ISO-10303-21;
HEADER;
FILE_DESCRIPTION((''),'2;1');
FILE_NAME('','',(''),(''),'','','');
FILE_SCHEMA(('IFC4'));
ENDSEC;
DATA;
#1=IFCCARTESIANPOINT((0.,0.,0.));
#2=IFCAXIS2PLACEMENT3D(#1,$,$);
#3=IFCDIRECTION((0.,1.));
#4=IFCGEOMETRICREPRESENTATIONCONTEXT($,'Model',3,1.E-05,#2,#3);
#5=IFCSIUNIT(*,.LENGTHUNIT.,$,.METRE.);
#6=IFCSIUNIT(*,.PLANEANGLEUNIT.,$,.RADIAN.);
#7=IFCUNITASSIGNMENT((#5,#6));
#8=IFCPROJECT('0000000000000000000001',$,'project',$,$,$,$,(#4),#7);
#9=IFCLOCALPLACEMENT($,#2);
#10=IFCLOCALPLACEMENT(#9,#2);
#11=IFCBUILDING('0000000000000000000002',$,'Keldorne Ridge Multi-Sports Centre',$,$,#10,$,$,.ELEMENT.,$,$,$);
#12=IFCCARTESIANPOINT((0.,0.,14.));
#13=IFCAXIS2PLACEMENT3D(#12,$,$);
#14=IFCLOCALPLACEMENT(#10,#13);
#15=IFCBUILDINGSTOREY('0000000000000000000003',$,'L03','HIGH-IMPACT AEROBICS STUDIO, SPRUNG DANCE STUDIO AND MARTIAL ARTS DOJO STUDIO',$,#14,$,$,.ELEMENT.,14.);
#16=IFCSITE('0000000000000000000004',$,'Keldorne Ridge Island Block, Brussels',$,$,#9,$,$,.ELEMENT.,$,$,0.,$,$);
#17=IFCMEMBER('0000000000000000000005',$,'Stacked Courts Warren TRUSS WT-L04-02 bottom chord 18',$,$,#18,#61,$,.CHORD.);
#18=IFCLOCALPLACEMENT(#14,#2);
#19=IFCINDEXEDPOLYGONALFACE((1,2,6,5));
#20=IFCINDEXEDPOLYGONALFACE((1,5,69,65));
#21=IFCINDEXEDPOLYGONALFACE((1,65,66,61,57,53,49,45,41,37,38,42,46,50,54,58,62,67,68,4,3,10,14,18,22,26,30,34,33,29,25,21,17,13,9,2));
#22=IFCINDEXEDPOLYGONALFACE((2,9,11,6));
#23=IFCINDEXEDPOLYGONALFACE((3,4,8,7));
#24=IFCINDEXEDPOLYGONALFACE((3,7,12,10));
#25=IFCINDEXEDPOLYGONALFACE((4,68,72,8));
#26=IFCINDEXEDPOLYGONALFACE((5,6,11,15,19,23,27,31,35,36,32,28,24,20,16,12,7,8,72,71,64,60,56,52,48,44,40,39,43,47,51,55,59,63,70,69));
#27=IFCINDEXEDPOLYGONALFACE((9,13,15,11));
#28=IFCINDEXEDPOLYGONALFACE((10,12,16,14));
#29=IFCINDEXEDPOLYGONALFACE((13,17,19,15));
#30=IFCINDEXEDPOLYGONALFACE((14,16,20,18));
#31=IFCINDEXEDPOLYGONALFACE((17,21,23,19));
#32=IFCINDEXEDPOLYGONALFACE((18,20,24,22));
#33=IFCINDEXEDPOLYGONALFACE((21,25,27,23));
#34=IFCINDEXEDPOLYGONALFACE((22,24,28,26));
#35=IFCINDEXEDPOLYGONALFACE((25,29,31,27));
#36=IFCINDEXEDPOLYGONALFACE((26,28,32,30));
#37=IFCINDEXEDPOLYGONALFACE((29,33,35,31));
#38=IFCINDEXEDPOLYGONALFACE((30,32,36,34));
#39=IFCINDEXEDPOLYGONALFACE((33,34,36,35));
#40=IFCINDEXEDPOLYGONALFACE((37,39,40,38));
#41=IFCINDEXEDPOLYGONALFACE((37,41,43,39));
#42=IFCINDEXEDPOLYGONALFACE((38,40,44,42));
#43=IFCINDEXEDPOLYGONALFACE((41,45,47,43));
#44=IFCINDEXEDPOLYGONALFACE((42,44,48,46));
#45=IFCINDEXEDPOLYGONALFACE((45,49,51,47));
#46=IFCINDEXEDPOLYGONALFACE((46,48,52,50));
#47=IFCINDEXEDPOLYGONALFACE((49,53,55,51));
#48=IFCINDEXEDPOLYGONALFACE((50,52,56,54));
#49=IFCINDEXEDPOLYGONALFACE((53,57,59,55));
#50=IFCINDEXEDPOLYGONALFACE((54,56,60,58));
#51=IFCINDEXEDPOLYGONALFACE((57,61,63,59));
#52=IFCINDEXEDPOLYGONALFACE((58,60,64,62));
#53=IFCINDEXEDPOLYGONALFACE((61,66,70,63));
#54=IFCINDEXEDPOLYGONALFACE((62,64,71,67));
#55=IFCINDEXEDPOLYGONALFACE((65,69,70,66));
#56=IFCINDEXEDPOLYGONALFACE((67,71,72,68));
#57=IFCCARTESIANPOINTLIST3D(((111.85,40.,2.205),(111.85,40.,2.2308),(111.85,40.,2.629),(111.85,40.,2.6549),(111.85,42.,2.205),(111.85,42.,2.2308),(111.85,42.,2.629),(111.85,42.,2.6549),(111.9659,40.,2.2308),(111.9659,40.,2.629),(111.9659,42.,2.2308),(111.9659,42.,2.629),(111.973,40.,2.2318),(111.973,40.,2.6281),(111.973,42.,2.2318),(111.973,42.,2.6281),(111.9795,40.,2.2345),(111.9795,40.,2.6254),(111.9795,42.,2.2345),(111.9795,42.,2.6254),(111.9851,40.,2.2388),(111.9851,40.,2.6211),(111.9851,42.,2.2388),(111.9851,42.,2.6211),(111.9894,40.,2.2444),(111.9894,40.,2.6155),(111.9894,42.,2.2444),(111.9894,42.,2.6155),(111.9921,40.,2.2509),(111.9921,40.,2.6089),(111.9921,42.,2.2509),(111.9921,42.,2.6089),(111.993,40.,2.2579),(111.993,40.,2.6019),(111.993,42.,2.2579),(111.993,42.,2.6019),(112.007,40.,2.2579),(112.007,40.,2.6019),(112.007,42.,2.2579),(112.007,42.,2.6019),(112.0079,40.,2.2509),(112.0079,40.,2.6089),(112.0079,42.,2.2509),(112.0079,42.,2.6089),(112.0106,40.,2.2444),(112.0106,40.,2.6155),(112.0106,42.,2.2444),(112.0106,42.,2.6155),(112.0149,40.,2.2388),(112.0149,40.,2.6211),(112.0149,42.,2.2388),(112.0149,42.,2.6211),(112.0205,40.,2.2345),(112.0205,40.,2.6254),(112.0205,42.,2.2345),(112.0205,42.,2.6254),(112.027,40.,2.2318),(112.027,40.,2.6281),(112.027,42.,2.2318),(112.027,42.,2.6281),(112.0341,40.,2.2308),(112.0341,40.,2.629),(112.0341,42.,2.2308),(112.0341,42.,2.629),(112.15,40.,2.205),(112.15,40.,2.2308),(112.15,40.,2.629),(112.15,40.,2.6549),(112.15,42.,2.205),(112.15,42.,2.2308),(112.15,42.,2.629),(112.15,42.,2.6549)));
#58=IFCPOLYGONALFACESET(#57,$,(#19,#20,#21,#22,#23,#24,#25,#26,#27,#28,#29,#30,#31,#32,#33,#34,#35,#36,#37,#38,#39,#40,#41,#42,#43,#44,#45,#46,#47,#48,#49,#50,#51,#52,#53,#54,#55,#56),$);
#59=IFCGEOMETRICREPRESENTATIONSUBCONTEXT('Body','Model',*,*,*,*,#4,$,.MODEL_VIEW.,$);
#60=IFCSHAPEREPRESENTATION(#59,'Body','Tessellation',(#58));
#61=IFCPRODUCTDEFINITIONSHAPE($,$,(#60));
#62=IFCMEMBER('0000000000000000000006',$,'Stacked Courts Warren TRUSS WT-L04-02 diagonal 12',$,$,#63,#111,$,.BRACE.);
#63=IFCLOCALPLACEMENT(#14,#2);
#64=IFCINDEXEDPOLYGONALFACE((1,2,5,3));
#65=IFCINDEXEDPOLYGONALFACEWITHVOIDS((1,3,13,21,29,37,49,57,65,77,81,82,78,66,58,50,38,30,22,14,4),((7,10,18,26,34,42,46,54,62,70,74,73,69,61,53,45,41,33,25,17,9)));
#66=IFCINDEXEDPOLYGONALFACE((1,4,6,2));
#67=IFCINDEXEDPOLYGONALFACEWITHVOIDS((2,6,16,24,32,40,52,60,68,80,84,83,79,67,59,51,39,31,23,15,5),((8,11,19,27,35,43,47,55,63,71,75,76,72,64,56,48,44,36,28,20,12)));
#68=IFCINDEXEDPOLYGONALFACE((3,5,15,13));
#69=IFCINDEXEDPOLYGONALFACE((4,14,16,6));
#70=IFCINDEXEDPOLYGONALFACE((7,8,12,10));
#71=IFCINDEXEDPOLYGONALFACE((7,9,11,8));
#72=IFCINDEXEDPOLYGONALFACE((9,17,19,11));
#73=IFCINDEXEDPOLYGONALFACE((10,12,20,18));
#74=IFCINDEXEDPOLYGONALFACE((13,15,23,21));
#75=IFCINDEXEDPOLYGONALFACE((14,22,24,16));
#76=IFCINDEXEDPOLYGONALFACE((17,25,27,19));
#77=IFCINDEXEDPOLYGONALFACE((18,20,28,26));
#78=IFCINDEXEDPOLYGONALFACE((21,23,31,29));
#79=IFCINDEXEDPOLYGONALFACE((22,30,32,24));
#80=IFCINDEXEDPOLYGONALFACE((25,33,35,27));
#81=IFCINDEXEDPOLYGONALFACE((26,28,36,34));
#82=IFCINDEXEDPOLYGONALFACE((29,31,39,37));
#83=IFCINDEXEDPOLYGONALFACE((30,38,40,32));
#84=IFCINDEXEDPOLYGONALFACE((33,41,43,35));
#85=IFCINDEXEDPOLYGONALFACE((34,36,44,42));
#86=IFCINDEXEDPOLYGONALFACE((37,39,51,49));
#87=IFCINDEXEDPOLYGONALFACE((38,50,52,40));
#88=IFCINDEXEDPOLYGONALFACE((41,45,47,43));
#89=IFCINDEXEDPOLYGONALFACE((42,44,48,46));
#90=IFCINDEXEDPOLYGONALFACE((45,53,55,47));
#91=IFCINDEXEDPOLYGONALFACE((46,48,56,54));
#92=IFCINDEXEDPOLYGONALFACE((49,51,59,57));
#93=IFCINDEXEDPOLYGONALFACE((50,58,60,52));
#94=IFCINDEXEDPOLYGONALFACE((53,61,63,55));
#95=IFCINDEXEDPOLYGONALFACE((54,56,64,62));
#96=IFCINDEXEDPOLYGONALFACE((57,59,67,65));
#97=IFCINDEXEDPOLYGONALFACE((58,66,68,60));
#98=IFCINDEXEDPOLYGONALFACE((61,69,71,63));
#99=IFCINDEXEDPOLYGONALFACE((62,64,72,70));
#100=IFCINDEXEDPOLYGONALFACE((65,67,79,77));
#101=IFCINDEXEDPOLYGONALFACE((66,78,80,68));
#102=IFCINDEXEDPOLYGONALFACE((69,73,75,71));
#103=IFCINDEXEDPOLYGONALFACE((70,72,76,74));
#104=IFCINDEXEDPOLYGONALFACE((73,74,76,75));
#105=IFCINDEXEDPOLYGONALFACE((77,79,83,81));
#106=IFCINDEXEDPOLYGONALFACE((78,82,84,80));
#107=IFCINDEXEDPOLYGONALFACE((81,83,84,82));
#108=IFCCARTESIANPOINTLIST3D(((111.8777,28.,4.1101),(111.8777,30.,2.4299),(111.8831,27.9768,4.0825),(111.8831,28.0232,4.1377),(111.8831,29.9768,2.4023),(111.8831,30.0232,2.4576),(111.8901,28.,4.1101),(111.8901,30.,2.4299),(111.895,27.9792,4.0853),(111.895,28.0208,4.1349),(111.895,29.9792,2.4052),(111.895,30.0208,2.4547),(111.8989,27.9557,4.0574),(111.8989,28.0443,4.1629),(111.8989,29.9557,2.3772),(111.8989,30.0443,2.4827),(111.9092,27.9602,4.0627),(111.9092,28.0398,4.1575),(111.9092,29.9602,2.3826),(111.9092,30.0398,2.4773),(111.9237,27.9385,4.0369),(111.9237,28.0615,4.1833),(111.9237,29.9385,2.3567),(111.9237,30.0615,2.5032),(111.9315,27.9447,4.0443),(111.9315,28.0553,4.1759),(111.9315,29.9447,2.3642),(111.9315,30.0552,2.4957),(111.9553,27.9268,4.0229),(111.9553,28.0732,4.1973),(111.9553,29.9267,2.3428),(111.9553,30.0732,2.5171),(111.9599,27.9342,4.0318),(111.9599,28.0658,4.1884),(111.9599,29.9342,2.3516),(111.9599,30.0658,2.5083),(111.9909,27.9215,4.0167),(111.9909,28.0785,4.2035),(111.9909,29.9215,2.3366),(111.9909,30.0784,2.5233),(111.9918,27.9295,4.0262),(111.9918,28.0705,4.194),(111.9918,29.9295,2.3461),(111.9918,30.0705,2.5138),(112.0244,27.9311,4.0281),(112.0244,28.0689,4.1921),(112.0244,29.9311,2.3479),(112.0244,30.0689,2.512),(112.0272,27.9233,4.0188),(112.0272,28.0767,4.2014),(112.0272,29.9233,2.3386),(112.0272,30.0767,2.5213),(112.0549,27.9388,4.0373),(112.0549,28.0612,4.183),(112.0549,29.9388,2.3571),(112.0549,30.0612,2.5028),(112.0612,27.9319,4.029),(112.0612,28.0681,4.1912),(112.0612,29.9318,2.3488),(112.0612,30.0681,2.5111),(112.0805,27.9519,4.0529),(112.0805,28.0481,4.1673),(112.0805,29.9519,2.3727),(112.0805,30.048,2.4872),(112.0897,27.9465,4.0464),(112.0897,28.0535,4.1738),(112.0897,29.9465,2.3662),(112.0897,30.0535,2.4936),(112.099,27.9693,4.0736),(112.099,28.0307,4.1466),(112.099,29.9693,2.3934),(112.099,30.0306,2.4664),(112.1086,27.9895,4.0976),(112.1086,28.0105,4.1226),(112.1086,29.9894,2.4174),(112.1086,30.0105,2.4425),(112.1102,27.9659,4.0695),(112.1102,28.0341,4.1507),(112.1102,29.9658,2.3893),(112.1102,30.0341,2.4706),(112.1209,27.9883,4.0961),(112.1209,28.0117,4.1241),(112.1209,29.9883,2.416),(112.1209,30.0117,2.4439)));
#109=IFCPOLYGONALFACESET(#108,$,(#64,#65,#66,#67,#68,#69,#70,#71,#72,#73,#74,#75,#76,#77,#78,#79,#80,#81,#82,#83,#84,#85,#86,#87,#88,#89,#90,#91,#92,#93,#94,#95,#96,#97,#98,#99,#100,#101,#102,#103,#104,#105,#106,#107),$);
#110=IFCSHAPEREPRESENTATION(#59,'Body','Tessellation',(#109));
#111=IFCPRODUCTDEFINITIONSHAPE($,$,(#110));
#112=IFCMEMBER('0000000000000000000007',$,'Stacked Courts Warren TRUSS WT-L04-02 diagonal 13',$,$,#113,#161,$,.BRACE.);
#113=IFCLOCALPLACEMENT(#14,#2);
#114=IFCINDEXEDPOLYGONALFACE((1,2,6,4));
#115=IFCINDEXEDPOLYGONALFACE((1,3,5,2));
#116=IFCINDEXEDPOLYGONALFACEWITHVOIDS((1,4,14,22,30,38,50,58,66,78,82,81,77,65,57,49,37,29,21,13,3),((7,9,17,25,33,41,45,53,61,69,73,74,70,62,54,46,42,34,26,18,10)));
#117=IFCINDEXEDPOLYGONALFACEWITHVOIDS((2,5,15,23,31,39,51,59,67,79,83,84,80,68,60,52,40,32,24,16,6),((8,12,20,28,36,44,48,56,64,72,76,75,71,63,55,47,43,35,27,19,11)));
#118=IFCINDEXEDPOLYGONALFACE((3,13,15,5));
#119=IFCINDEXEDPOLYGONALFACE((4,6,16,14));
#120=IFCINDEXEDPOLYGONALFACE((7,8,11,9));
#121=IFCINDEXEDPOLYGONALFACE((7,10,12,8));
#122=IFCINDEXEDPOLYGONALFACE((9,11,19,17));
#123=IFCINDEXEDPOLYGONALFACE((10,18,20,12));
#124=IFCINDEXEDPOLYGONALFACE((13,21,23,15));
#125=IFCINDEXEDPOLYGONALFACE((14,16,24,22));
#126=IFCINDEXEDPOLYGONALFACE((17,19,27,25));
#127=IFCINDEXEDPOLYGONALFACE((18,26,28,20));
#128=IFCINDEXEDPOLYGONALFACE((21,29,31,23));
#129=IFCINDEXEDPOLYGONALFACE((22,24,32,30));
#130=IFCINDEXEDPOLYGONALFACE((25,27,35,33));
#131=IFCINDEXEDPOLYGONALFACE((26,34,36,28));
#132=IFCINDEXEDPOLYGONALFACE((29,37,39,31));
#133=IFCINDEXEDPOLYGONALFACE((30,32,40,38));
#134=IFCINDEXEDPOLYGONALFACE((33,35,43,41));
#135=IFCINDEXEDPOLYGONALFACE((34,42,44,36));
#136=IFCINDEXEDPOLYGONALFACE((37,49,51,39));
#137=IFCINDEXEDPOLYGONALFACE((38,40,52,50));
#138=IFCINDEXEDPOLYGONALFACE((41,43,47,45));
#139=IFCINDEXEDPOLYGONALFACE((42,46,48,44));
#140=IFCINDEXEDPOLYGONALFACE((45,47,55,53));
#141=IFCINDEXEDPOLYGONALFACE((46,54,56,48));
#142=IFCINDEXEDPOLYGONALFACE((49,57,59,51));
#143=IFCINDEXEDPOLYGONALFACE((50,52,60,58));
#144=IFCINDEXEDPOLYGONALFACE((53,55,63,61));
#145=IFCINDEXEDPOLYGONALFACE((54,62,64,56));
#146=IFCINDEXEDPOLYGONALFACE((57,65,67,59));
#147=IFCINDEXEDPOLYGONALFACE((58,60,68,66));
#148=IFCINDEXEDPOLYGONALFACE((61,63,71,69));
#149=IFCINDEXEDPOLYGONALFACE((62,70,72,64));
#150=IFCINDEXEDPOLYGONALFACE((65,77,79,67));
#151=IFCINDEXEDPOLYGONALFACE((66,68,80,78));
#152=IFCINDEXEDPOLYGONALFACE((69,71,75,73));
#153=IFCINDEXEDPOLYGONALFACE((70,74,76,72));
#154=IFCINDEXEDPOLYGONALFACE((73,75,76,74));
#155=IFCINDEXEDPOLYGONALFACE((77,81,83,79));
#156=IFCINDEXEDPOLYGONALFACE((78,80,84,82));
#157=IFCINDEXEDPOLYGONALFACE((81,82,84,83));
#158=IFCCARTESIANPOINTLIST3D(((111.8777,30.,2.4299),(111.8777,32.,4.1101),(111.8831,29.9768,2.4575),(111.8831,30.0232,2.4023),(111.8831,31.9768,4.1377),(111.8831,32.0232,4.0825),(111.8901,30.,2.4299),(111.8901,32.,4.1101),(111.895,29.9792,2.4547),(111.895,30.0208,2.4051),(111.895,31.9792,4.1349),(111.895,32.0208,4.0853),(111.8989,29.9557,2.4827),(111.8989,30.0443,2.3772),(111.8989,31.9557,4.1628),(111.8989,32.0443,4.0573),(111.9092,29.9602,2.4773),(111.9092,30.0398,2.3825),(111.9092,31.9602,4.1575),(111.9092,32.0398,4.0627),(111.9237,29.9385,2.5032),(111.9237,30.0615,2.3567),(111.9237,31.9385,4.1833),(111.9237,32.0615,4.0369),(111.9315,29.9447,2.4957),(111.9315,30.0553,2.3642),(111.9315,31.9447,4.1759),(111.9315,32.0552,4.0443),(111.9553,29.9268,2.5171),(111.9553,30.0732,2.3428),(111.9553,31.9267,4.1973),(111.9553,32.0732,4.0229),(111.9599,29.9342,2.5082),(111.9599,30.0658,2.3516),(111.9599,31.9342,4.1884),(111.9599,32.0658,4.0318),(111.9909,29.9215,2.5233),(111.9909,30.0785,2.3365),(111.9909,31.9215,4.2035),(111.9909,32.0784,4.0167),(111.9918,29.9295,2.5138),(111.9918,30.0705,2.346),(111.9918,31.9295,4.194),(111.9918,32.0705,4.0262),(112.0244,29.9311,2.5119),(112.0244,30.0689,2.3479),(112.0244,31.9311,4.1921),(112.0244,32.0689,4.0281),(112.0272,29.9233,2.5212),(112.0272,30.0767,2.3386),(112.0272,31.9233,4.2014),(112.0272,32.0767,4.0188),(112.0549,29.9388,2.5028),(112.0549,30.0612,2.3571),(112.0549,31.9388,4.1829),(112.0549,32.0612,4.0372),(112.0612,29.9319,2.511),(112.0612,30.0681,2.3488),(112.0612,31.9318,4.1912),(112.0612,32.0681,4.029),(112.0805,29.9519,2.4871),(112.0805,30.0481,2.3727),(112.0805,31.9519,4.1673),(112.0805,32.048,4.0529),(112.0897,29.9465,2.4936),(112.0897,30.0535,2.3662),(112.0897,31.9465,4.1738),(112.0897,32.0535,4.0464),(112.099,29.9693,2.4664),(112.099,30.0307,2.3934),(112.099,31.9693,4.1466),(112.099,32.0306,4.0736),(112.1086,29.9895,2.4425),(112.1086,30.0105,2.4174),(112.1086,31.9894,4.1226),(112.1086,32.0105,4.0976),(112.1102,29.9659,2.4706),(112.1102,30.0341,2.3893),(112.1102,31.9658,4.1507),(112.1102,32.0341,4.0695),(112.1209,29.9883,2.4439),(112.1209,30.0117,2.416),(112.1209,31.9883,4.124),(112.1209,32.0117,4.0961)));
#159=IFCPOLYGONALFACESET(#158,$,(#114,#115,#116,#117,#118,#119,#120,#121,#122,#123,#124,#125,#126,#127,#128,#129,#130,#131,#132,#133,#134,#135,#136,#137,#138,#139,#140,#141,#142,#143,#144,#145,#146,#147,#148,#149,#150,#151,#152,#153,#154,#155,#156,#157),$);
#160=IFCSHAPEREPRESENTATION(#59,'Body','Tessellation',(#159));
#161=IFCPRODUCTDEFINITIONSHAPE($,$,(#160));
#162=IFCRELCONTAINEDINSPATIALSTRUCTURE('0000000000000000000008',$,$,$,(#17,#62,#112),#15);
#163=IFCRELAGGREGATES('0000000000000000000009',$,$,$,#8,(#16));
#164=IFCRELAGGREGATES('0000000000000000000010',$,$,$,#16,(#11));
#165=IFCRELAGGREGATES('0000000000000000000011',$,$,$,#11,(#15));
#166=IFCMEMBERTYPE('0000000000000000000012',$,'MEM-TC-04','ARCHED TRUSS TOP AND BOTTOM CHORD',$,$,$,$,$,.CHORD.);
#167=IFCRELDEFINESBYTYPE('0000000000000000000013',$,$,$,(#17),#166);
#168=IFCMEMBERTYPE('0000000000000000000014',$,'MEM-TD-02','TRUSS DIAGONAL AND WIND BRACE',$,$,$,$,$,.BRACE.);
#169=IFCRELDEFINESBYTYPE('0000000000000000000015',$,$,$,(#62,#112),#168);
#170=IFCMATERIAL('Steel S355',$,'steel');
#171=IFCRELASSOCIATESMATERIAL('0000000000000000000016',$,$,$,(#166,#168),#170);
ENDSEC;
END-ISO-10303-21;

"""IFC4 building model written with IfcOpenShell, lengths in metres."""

from ifc_helpers import new_model, si_unit, direction, frame, origin, origin_2d, place, context, subcontext, project, spatial, hollow_circle, i_section, extrude, material, material_profile, profile_set, type_object, element, save


model = new_model("IFC4")

# Units and contexts
model_context = context("Model", 3, precision=1e-05, world=origin(), true_north=direction((0.0, 1.0)))
body_context = subcontext(model_context, "Body", "Model", "MODEL_VIEW")
ifc_project = project(units=[si_unit("LENGTHUNIT", "METRE"), si_unit("PLANEANGLEUNIT", "RADIAN")], contexts=[model_context])

# Site, building, storey
site_placement = place(None, origin())
site = spatial("IfcSite", under=ifc_project, at=site_placement, Name="Keldorne Ridge Island Block, Brussels", CompositionType="ELEMENT", RefElevation=0.0)
building_placement = place(site_placement, origin())
building = spatial("IfcBuilding", under=site, at=building_placement, Name="Keldorne Ridge Multi-Sports Centre", CompositionType="ELEMENT")
storey_placement = place(building_placement, frame((0.0, 0.0, 14.0)))
storey = spatial("IfcBuildingStorey", under=building, at=storey_placement, Name="L03", Description="HIGH-IMPACT AEROBICS STUDIO, SPRUNG DANCE STUDIO AND MARTIAL ARTS DOJO STUDIO", CompositionType="ELEMENT", Elevation=14.0)

# Shared definitions
ifc_material_1 = material(Name="Steel S355", Category="steel")

# Members
ifc_material_profile_1 = material_profile(ifc_material_1, i_section(OverallWidth=0.3, OverallDepth=0.45, WebThickness=0.0139, FlangeThickness=0.0259, FilletRadius=0.0271, at=origin_2d()), Name="HEB 450")
ifc_profile_set_1 = profile_set([ifc_material_profile_1], Name="Steel S355")
member_type_1 = type_object("IfcMemberType", Name="MEM-TC-04", Description="ARCHED TRUSS TOP AND BOTTOM CHORD", PredefinedType="CHORD", material=ifc_profile_set_1)
for number, where, z_axis, x_axis, name in (
    (1, (112.0, 40.0, 2.4299), (0.0, 1.0, 0.0), (-1.0, 0.0, 0.0), "Stacked Courts Warren TRUSS WT-L04-02 bottom chord 18"),
):
    element("IfcMember", number, at=place(storey_placement, frame(where, z_axis=z_axis, x_axis=x_axis)), inside=storey, type_object=member_type_1, Name=name, PredefinedType="CHORD", context=body_context, shape_type="SweptSolid", body=[
        extrude(i_section(OverallWidth=0.3, OverallDepth=0.45, WebThickness=0.0139, FlangeThickness=0.0259, FilletRadius=0.0271, at=origin_2d()), origin(), (0.0, 0.0, 1.0), 2.0),
    ])
ifc_material_profile_2 = material_profile(ifc_material_1, hollow_circle(Radius=0.1223, WallThickness=0.0125, at=origin_2d()), Name="CHS 244.5x12.5")
ifc_profile_set_2 = profile_set([ifc_material_profile_2], Name="Steel S355")
member_type_2 = type_object("IfcMemberType", Name="MEM-TD-02", Description="TRUSS DIAGONAL AND WIND BRACE", PredefinedType="BRACE", material=ifc_profile_set_2)
for number, where, z_axis, x_axis, name in (
    (2, (112.0, 28.0, 4.1101), (0.0, 0.765672, -0.643232), (-1.0, 0.0, 0.0), "Stacked Courts Warren TRUSS WT-L04-02 diagonal 12"),
    (3, (112.0, 30.0, 2.4299), (0.0, 0.765672, 0.643232), (-1.0, 0.0, 0.0), "Stacked Courts Warren TRUSS WT-L04-02 diagonal 13"),
):
    element("IfcMember", number, at=place(storey_placement, frame(where, z_axis=z_axis, x_axis=x_axis)), inside=storey, type_object=member_type_2, Name=name, PredefinedType="BRACE", context=body_context, shape_type="SweptSolid", body=[
        extrude(hollow_circle(Radius=0.1223, WallThickness=0.0125, at=origin_2d()), origin(), (0.0, 0.0, 1.0), 2.6121),
    ])

save(model, "model.ifc")
